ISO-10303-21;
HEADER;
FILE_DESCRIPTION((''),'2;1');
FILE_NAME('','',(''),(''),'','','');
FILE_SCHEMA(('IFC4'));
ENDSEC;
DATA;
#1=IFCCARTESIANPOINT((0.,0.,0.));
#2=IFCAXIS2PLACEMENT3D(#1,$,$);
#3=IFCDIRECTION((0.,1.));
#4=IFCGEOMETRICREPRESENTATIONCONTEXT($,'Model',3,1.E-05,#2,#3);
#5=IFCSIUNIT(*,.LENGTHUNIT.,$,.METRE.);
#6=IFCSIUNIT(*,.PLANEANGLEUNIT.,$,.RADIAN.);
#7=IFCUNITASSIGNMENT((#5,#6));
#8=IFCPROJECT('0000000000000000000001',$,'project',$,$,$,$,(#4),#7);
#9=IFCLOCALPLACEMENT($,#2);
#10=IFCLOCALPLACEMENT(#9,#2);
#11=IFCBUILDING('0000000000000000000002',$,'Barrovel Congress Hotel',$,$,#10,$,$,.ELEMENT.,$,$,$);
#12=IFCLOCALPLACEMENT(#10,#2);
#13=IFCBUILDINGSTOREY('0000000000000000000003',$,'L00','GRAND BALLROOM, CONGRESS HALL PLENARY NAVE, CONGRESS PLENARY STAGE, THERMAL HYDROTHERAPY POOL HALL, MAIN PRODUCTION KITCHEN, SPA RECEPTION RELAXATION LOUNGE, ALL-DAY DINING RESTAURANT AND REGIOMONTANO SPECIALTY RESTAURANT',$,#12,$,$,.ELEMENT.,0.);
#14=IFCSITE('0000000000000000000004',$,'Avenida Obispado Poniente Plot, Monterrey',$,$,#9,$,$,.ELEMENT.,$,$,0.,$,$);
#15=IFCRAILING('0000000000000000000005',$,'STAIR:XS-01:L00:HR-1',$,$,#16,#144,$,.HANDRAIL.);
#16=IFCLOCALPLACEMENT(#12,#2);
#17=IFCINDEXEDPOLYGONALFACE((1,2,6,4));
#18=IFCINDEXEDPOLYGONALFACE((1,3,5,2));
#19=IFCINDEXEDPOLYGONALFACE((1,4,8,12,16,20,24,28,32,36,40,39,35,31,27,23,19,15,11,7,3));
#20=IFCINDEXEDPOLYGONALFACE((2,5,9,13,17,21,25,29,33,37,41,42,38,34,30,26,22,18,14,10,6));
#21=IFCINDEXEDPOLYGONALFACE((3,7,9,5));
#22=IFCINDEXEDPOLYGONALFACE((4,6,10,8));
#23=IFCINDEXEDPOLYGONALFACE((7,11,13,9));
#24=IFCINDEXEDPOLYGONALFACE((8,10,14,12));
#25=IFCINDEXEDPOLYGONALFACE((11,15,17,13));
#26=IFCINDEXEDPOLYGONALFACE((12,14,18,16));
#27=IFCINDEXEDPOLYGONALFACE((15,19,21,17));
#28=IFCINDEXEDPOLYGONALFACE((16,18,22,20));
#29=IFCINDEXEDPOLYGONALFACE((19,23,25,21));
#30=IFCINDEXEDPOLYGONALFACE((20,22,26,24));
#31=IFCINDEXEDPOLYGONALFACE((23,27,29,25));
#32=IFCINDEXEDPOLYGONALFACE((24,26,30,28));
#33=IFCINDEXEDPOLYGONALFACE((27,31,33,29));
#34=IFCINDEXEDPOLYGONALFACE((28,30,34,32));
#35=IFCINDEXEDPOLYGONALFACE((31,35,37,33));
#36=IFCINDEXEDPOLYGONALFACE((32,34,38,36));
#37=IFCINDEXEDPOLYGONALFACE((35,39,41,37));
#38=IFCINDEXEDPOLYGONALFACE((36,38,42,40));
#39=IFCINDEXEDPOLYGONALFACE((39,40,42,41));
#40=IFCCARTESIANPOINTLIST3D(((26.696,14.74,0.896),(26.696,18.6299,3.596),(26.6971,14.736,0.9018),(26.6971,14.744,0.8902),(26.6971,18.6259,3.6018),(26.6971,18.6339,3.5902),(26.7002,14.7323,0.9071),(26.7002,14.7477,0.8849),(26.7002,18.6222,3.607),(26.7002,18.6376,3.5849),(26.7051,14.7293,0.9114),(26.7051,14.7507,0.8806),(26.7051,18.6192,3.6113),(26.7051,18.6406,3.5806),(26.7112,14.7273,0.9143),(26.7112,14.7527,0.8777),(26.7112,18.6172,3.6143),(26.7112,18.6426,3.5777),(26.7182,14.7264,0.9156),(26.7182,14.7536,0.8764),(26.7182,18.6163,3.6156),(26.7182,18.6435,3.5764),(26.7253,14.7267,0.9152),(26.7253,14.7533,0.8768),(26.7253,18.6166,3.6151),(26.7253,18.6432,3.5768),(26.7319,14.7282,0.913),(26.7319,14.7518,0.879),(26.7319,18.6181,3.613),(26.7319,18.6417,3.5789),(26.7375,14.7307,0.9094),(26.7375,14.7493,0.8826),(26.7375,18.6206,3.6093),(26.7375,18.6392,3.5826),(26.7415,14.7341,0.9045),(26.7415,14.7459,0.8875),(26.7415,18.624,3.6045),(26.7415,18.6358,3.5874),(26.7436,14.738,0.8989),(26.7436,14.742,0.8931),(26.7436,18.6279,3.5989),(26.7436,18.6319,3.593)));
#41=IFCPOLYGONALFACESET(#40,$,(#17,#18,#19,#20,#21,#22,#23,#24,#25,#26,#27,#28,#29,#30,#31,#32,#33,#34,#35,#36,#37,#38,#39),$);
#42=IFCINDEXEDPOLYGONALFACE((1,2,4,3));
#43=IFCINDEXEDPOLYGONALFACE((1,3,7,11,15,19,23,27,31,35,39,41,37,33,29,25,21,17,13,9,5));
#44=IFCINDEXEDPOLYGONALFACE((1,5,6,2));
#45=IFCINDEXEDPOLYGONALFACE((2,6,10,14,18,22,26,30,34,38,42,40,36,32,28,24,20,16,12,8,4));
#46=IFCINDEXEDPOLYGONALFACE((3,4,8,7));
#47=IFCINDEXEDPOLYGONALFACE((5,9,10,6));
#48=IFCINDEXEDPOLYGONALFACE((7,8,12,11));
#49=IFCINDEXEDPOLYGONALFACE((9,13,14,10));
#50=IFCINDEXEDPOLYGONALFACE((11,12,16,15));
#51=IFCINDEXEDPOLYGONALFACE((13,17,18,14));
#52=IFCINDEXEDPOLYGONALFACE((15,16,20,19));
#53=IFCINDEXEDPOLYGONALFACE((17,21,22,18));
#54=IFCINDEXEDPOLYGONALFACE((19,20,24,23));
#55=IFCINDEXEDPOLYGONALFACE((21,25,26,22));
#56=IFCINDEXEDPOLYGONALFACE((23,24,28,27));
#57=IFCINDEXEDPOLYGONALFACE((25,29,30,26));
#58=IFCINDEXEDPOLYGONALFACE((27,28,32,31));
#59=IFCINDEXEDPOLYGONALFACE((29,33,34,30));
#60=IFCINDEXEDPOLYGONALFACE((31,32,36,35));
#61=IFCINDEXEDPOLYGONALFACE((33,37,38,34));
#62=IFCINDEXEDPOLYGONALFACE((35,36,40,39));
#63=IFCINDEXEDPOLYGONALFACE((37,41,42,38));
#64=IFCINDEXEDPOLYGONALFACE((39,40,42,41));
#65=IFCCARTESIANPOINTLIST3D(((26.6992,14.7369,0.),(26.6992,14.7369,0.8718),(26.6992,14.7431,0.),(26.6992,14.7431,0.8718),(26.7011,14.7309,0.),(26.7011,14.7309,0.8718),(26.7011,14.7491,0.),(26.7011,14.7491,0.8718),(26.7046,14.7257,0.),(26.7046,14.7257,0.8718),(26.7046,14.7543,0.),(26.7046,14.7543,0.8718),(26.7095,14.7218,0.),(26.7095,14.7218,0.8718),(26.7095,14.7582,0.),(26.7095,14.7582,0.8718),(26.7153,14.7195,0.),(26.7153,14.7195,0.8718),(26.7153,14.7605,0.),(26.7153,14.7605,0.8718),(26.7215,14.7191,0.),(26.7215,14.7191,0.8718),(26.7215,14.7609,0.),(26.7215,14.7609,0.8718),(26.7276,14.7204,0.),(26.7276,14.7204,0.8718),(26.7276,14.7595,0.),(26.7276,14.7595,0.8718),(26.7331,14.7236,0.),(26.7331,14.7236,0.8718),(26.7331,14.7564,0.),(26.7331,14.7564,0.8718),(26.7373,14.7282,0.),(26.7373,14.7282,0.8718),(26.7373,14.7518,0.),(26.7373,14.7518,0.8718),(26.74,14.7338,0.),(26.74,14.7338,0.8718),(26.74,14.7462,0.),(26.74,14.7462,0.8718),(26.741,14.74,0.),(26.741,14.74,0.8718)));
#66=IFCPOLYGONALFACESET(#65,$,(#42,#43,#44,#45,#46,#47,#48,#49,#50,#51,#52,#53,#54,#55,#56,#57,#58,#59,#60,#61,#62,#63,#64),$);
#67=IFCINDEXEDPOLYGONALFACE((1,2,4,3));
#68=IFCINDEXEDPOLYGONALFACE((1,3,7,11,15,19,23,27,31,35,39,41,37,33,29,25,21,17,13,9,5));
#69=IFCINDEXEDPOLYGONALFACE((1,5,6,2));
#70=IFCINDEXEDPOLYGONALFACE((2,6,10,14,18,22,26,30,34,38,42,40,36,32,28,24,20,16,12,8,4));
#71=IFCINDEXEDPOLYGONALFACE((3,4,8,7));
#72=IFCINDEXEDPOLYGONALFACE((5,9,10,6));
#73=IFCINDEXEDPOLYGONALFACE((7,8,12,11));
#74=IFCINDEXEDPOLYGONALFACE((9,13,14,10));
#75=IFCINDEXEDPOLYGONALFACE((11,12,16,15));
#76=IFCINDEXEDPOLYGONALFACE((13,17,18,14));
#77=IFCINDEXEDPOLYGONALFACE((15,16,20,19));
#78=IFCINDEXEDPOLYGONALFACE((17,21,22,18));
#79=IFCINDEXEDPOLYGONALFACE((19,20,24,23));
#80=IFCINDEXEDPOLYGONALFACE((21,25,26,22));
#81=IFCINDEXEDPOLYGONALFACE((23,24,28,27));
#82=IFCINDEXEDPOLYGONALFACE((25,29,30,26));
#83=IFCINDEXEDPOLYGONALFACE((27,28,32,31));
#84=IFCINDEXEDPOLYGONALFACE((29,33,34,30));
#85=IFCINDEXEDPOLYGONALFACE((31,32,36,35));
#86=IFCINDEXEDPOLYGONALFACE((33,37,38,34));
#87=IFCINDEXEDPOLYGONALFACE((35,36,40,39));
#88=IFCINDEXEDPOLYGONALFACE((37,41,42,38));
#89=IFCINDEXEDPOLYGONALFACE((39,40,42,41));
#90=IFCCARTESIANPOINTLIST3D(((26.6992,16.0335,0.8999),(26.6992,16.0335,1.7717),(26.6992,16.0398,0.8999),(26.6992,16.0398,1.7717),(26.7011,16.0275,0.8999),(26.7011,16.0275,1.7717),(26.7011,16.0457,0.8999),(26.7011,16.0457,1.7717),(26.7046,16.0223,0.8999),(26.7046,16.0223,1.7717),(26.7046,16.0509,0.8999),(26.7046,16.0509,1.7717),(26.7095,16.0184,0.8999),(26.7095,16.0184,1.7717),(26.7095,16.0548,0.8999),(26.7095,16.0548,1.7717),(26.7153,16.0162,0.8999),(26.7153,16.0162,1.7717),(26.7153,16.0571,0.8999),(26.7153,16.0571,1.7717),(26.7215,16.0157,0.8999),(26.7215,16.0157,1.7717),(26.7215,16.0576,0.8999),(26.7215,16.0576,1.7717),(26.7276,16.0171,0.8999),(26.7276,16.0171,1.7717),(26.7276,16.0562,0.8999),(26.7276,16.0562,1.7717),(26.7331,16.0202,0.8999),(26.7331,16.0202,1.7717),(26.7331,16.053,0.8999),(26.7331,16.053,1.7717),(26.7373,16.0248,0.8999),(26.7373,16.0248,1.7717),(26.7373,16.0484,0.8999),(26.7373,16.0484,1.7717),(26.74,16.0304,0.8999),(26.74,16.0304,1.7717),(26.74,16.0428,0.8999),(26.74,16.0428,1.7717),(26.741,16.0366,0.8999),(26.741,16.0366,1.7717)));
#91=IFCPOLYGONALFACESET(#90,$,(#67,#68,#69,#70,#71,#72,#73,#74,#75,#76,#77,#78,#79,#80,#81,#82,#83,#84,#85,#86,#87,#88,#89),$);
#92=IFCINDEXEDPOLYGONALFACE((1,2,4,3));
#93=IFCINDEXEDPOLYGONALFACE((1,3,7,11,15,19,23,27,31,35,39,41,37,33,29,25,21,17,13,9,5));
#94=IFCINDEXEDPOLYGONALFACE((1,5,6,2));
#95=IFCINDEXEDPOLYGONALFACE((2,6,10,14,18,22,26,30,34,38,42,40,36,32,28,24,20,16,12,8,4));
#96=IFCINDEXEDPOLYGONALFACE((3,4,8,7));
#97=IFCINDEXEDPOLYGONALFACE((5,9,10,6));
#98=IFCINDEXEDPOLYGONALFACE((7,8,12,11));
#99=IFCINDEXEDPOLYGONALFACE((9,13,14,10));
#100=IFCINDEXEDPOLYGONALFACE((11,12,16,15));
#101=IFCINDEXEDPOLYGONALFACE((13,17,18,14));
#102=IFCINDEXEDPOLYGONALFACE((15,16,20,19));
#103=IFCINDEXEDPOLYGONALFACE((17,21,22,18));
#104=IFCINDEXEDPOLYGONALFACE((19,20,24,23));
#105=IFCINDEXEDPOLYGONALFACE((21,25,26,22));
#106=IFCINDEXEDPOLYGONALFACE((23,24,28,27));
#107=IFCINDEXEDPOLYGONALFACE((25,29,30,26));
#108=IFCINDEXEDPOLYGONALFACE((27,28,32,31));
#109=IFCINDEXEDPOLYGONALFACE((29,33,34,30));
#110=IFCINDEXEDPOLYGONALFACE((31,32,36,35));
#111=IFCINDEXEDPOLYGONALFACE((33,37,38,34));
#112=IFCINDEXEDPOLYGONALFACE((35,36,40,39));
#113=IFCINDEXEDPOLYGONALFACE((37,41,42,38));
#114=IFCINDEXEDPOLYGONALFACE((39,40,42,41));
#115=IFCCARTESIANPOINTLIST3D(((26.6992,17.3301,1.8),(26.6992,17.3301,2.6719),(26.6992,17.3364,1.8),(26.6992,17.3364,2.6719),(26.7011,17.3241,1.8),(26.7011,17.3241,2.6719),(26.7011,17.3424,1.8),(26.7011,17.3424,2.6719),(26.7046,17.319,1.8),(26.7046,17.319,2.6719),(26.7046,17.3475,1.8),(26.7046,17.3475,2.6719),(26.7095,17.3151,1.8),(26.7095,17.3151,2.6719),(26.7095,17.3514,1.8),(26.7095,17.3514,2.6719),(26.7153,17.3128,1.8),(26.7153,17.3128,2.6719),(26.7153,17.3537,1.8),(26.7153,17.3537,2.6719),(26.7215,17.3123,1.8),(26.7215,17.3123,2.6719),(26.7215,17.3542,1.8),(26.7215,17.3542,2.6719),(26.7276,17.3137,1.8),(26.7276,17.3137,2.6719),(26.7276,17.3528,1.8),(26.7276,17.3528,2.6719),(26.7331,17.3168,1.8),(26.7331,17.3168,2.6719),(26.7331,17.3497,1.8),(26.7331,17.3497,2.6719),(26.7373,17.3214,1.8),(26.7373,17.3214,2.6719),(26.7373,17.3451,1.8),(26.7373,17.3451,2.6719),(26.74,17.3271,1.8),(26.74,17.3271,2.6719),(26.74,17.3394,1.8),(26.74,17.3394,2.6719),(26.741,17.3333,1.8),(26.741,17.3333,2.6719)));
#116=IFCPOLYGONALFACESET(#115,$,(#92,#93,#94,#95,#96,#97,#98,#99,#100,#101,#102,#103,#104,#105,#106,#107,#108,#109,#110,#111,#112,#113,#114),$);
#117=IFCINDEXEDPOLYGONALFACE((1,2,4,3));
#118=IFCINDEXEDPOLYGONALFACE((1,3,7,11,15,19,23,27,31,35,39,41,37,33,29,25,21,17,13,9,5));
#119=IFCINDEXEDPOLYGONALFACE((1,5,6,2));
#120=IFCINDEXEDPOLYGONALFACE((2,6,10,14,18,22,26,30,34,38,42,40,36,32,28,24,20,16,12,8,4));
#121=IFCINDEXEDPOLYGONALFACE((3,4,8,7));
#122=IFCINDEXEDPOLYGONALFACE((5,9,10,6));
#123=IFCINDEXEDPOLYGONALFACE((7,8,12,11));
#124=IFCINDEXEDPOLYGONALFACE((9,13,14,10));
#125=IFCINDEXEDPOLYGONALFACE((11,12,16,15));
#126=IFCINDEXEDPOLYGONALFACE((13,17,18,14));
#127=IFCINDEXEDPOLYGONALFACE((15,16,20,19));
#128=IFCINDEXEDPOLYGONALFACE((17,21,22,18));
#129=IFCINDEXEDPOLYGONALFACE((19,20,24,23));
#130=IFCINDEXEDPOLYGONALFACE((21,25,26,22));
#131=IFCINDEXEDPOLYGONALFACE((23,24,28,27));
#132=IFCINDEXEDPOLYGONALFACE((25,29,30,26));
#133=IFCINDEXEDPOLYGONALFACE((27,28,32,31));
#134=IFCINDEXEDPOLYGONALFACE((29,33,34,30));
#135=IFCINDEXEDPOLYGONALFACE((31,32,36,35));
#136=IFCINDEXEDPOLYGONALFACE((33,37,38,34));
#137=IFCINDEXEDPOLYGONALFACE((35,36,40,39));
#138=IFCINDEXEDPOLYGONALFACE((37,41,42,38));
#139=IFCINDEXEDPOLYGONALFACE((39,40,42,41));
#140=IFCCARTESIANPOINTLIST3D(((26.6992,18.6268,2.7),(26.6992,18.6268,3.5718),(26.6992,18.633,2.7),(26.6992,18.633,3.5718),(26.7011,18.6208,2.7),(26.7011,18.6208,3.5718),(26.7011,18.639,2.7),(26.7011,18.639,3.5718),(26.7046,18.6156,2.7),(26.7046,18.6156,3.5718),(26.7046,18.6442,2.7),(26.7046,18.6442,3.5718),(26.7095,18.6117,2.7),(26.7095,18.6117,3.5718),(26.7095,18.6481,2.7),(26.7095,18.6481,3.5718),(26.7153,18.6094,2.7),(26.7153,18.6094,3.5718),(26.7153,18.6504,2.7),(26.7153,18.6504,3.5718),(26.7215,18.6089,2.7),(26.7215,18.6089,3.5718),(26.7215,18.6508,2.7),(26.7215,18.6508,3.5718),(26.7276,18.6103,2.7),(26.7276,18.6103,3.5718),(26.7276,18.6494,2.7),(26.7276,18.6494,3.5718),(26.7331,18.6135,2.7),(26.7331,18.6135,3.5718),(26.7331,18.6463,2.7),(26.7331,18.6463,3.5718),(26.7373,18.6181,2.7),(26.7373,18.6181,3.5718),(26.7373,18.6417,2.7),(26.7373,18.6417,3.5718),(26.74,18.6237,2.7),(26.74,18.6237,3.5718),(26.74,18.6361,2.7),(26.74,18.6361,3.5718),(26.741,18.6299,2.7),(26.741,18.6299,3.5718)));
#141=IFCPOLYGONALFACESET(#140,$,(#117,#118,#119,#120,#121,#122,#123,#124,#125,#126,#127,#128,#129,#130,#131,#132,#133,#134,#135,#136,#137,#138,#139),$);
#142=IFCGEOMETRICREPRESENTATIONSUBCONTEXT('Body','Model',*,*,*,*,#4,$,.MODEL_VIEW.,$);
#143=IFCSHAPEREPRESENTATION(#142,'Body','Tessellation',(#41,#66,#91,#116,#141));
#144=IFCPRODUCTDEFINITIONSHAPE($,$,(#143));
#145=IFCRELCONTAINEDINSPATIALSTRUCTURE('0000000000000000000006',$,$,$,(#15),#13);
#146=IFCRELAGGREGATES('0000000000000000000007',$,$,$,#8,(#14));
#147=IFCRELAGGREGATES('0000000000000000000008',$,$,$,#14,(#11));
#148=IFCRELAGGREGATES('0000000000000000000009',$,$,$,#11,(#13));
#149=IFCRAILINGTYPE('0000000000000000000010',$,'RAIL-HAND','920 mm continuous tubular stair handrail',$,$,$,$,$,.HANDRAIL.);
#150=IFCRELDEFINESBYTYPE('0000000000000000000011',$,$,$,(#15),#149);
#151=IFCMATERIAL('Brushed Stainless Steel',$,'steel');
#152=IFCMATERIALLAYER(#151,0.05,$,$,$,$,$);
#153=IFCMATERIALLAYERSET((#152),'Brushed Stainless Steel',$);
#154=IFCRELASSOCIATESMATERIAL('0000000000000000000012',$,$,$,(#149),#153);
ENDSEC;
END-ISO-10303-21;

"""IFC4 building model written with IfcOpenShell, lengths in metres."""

from ifc_helpers import new_model, si_unit, direction, frame, origin, origin_2d, place, context, subcontext, project, spatial, circle, extrude, material, layer, layer_set, type_object, element, save


model = new_model("IFC4")

# Units and contexts
model_context = context("Model", 3, precision=1e-05, world=origin(), true_north=direction((0.0, 1.0)))
body_context = subcontext(model_context, "Body", "Model", "MODEL_VIEW")
ifc_project = project(units=[si_unit("LENGTHUNIT", "METRE"), si_unit("PLANEANGLEUNIT", "RADIAN")], contexts=[model_context])

# Site, building, storey
site_placement = place(None, origin())
site = spatial("IfcSite", under=ifc_project, at=site_placement, Name="Avenida Obispado Poniente Plot, Monterrey", CompositionType="ELEMENT", RefElevation=0.0)
building_placement = place(site_placement, origin())
building = spatial("IfcBuilding", under=site, at=building_placement, Name="Barrovel Congress Hotel", CompositionType="ELEMENT")
storey_placement = place(building_placement, origin())
storey = spatial("IfcBuildingStorey", under=building, at=storey_placement, Name="L00", Description="GRAND BALLROOM, CONGRESS HALL PLENARY NAVE, CONGRESS PLENARY STAGE, THERMAL HYDROTHERAPY POOL HALL, MAIN PRODUCTION KITCHEN, SPA RECEPTION RELAXATION LOUNGE, ALL-DAY DINING RESTAURANT AND REGIOMONTANO SPECIALTY RESTAURANT", CompositionType="ELEMENT", Elevation=0.0)

# Railing
ifc_material_1 = material(Name="Brushed Stainless Steel", Category="steel")
ifc_layer_1 = layer(ifc_material_1, 0.05)
ifc_layer_set_1 = layer_set([ifc_layer_1], Name="Brushed Stainless Steel")
railing_type_1 = type_object("IfcRailingType", Name="RAIL-HAND", Description="920 mm continuous tubular stair handrail", PredefinedType="HANDRAIL", material=ifc_layer_set_1)
railing_1_placement = place(storey_placement, frame((26.72, 14.74, 0.0)))
element("IfcRailing", 1, at=railing_1_placement, inside=storey, type_object=railing_type_1, Name="STAIR:XS-01:L00:HR-1", PredefinedType="HANDRAIL", context=body_context, shape_type="SweptSolid", body=[
    extrude(circle(Radius=0.0239, at=origin_2d()), frame((0.0, 0.0, 0.896), z_axis=(0.0, 0.821505, 0.570202), x_axis=(-1.0, 0.0, 0.0)), (0.0, 0.0, 1.0), 4.7351),
    extrude(circle(Radius=0.021, at=origin_2d()), origin(), (0.0, 0.0, 1.0), 0.8718),
    extrude(circle(Radius=0.021, at=origin_2d()), frame((0.0, 1.2966, 0.8999)), (0.0, 0.0, 1.0), 0.8718),
    extrude(circle(Radius=0.021, at=origin_2d()), frame((0.0, 2.5933, 1.8)), (0.0, 0.0, 1.0), 0.8718),
    extrude(circle(Radius=0.021, at=origin_2d()), frame((0.0, 3.8899, 2.7)), (0.0, 0.0, 1.0), 0.8718),
])

save(model, "model.ifc")
